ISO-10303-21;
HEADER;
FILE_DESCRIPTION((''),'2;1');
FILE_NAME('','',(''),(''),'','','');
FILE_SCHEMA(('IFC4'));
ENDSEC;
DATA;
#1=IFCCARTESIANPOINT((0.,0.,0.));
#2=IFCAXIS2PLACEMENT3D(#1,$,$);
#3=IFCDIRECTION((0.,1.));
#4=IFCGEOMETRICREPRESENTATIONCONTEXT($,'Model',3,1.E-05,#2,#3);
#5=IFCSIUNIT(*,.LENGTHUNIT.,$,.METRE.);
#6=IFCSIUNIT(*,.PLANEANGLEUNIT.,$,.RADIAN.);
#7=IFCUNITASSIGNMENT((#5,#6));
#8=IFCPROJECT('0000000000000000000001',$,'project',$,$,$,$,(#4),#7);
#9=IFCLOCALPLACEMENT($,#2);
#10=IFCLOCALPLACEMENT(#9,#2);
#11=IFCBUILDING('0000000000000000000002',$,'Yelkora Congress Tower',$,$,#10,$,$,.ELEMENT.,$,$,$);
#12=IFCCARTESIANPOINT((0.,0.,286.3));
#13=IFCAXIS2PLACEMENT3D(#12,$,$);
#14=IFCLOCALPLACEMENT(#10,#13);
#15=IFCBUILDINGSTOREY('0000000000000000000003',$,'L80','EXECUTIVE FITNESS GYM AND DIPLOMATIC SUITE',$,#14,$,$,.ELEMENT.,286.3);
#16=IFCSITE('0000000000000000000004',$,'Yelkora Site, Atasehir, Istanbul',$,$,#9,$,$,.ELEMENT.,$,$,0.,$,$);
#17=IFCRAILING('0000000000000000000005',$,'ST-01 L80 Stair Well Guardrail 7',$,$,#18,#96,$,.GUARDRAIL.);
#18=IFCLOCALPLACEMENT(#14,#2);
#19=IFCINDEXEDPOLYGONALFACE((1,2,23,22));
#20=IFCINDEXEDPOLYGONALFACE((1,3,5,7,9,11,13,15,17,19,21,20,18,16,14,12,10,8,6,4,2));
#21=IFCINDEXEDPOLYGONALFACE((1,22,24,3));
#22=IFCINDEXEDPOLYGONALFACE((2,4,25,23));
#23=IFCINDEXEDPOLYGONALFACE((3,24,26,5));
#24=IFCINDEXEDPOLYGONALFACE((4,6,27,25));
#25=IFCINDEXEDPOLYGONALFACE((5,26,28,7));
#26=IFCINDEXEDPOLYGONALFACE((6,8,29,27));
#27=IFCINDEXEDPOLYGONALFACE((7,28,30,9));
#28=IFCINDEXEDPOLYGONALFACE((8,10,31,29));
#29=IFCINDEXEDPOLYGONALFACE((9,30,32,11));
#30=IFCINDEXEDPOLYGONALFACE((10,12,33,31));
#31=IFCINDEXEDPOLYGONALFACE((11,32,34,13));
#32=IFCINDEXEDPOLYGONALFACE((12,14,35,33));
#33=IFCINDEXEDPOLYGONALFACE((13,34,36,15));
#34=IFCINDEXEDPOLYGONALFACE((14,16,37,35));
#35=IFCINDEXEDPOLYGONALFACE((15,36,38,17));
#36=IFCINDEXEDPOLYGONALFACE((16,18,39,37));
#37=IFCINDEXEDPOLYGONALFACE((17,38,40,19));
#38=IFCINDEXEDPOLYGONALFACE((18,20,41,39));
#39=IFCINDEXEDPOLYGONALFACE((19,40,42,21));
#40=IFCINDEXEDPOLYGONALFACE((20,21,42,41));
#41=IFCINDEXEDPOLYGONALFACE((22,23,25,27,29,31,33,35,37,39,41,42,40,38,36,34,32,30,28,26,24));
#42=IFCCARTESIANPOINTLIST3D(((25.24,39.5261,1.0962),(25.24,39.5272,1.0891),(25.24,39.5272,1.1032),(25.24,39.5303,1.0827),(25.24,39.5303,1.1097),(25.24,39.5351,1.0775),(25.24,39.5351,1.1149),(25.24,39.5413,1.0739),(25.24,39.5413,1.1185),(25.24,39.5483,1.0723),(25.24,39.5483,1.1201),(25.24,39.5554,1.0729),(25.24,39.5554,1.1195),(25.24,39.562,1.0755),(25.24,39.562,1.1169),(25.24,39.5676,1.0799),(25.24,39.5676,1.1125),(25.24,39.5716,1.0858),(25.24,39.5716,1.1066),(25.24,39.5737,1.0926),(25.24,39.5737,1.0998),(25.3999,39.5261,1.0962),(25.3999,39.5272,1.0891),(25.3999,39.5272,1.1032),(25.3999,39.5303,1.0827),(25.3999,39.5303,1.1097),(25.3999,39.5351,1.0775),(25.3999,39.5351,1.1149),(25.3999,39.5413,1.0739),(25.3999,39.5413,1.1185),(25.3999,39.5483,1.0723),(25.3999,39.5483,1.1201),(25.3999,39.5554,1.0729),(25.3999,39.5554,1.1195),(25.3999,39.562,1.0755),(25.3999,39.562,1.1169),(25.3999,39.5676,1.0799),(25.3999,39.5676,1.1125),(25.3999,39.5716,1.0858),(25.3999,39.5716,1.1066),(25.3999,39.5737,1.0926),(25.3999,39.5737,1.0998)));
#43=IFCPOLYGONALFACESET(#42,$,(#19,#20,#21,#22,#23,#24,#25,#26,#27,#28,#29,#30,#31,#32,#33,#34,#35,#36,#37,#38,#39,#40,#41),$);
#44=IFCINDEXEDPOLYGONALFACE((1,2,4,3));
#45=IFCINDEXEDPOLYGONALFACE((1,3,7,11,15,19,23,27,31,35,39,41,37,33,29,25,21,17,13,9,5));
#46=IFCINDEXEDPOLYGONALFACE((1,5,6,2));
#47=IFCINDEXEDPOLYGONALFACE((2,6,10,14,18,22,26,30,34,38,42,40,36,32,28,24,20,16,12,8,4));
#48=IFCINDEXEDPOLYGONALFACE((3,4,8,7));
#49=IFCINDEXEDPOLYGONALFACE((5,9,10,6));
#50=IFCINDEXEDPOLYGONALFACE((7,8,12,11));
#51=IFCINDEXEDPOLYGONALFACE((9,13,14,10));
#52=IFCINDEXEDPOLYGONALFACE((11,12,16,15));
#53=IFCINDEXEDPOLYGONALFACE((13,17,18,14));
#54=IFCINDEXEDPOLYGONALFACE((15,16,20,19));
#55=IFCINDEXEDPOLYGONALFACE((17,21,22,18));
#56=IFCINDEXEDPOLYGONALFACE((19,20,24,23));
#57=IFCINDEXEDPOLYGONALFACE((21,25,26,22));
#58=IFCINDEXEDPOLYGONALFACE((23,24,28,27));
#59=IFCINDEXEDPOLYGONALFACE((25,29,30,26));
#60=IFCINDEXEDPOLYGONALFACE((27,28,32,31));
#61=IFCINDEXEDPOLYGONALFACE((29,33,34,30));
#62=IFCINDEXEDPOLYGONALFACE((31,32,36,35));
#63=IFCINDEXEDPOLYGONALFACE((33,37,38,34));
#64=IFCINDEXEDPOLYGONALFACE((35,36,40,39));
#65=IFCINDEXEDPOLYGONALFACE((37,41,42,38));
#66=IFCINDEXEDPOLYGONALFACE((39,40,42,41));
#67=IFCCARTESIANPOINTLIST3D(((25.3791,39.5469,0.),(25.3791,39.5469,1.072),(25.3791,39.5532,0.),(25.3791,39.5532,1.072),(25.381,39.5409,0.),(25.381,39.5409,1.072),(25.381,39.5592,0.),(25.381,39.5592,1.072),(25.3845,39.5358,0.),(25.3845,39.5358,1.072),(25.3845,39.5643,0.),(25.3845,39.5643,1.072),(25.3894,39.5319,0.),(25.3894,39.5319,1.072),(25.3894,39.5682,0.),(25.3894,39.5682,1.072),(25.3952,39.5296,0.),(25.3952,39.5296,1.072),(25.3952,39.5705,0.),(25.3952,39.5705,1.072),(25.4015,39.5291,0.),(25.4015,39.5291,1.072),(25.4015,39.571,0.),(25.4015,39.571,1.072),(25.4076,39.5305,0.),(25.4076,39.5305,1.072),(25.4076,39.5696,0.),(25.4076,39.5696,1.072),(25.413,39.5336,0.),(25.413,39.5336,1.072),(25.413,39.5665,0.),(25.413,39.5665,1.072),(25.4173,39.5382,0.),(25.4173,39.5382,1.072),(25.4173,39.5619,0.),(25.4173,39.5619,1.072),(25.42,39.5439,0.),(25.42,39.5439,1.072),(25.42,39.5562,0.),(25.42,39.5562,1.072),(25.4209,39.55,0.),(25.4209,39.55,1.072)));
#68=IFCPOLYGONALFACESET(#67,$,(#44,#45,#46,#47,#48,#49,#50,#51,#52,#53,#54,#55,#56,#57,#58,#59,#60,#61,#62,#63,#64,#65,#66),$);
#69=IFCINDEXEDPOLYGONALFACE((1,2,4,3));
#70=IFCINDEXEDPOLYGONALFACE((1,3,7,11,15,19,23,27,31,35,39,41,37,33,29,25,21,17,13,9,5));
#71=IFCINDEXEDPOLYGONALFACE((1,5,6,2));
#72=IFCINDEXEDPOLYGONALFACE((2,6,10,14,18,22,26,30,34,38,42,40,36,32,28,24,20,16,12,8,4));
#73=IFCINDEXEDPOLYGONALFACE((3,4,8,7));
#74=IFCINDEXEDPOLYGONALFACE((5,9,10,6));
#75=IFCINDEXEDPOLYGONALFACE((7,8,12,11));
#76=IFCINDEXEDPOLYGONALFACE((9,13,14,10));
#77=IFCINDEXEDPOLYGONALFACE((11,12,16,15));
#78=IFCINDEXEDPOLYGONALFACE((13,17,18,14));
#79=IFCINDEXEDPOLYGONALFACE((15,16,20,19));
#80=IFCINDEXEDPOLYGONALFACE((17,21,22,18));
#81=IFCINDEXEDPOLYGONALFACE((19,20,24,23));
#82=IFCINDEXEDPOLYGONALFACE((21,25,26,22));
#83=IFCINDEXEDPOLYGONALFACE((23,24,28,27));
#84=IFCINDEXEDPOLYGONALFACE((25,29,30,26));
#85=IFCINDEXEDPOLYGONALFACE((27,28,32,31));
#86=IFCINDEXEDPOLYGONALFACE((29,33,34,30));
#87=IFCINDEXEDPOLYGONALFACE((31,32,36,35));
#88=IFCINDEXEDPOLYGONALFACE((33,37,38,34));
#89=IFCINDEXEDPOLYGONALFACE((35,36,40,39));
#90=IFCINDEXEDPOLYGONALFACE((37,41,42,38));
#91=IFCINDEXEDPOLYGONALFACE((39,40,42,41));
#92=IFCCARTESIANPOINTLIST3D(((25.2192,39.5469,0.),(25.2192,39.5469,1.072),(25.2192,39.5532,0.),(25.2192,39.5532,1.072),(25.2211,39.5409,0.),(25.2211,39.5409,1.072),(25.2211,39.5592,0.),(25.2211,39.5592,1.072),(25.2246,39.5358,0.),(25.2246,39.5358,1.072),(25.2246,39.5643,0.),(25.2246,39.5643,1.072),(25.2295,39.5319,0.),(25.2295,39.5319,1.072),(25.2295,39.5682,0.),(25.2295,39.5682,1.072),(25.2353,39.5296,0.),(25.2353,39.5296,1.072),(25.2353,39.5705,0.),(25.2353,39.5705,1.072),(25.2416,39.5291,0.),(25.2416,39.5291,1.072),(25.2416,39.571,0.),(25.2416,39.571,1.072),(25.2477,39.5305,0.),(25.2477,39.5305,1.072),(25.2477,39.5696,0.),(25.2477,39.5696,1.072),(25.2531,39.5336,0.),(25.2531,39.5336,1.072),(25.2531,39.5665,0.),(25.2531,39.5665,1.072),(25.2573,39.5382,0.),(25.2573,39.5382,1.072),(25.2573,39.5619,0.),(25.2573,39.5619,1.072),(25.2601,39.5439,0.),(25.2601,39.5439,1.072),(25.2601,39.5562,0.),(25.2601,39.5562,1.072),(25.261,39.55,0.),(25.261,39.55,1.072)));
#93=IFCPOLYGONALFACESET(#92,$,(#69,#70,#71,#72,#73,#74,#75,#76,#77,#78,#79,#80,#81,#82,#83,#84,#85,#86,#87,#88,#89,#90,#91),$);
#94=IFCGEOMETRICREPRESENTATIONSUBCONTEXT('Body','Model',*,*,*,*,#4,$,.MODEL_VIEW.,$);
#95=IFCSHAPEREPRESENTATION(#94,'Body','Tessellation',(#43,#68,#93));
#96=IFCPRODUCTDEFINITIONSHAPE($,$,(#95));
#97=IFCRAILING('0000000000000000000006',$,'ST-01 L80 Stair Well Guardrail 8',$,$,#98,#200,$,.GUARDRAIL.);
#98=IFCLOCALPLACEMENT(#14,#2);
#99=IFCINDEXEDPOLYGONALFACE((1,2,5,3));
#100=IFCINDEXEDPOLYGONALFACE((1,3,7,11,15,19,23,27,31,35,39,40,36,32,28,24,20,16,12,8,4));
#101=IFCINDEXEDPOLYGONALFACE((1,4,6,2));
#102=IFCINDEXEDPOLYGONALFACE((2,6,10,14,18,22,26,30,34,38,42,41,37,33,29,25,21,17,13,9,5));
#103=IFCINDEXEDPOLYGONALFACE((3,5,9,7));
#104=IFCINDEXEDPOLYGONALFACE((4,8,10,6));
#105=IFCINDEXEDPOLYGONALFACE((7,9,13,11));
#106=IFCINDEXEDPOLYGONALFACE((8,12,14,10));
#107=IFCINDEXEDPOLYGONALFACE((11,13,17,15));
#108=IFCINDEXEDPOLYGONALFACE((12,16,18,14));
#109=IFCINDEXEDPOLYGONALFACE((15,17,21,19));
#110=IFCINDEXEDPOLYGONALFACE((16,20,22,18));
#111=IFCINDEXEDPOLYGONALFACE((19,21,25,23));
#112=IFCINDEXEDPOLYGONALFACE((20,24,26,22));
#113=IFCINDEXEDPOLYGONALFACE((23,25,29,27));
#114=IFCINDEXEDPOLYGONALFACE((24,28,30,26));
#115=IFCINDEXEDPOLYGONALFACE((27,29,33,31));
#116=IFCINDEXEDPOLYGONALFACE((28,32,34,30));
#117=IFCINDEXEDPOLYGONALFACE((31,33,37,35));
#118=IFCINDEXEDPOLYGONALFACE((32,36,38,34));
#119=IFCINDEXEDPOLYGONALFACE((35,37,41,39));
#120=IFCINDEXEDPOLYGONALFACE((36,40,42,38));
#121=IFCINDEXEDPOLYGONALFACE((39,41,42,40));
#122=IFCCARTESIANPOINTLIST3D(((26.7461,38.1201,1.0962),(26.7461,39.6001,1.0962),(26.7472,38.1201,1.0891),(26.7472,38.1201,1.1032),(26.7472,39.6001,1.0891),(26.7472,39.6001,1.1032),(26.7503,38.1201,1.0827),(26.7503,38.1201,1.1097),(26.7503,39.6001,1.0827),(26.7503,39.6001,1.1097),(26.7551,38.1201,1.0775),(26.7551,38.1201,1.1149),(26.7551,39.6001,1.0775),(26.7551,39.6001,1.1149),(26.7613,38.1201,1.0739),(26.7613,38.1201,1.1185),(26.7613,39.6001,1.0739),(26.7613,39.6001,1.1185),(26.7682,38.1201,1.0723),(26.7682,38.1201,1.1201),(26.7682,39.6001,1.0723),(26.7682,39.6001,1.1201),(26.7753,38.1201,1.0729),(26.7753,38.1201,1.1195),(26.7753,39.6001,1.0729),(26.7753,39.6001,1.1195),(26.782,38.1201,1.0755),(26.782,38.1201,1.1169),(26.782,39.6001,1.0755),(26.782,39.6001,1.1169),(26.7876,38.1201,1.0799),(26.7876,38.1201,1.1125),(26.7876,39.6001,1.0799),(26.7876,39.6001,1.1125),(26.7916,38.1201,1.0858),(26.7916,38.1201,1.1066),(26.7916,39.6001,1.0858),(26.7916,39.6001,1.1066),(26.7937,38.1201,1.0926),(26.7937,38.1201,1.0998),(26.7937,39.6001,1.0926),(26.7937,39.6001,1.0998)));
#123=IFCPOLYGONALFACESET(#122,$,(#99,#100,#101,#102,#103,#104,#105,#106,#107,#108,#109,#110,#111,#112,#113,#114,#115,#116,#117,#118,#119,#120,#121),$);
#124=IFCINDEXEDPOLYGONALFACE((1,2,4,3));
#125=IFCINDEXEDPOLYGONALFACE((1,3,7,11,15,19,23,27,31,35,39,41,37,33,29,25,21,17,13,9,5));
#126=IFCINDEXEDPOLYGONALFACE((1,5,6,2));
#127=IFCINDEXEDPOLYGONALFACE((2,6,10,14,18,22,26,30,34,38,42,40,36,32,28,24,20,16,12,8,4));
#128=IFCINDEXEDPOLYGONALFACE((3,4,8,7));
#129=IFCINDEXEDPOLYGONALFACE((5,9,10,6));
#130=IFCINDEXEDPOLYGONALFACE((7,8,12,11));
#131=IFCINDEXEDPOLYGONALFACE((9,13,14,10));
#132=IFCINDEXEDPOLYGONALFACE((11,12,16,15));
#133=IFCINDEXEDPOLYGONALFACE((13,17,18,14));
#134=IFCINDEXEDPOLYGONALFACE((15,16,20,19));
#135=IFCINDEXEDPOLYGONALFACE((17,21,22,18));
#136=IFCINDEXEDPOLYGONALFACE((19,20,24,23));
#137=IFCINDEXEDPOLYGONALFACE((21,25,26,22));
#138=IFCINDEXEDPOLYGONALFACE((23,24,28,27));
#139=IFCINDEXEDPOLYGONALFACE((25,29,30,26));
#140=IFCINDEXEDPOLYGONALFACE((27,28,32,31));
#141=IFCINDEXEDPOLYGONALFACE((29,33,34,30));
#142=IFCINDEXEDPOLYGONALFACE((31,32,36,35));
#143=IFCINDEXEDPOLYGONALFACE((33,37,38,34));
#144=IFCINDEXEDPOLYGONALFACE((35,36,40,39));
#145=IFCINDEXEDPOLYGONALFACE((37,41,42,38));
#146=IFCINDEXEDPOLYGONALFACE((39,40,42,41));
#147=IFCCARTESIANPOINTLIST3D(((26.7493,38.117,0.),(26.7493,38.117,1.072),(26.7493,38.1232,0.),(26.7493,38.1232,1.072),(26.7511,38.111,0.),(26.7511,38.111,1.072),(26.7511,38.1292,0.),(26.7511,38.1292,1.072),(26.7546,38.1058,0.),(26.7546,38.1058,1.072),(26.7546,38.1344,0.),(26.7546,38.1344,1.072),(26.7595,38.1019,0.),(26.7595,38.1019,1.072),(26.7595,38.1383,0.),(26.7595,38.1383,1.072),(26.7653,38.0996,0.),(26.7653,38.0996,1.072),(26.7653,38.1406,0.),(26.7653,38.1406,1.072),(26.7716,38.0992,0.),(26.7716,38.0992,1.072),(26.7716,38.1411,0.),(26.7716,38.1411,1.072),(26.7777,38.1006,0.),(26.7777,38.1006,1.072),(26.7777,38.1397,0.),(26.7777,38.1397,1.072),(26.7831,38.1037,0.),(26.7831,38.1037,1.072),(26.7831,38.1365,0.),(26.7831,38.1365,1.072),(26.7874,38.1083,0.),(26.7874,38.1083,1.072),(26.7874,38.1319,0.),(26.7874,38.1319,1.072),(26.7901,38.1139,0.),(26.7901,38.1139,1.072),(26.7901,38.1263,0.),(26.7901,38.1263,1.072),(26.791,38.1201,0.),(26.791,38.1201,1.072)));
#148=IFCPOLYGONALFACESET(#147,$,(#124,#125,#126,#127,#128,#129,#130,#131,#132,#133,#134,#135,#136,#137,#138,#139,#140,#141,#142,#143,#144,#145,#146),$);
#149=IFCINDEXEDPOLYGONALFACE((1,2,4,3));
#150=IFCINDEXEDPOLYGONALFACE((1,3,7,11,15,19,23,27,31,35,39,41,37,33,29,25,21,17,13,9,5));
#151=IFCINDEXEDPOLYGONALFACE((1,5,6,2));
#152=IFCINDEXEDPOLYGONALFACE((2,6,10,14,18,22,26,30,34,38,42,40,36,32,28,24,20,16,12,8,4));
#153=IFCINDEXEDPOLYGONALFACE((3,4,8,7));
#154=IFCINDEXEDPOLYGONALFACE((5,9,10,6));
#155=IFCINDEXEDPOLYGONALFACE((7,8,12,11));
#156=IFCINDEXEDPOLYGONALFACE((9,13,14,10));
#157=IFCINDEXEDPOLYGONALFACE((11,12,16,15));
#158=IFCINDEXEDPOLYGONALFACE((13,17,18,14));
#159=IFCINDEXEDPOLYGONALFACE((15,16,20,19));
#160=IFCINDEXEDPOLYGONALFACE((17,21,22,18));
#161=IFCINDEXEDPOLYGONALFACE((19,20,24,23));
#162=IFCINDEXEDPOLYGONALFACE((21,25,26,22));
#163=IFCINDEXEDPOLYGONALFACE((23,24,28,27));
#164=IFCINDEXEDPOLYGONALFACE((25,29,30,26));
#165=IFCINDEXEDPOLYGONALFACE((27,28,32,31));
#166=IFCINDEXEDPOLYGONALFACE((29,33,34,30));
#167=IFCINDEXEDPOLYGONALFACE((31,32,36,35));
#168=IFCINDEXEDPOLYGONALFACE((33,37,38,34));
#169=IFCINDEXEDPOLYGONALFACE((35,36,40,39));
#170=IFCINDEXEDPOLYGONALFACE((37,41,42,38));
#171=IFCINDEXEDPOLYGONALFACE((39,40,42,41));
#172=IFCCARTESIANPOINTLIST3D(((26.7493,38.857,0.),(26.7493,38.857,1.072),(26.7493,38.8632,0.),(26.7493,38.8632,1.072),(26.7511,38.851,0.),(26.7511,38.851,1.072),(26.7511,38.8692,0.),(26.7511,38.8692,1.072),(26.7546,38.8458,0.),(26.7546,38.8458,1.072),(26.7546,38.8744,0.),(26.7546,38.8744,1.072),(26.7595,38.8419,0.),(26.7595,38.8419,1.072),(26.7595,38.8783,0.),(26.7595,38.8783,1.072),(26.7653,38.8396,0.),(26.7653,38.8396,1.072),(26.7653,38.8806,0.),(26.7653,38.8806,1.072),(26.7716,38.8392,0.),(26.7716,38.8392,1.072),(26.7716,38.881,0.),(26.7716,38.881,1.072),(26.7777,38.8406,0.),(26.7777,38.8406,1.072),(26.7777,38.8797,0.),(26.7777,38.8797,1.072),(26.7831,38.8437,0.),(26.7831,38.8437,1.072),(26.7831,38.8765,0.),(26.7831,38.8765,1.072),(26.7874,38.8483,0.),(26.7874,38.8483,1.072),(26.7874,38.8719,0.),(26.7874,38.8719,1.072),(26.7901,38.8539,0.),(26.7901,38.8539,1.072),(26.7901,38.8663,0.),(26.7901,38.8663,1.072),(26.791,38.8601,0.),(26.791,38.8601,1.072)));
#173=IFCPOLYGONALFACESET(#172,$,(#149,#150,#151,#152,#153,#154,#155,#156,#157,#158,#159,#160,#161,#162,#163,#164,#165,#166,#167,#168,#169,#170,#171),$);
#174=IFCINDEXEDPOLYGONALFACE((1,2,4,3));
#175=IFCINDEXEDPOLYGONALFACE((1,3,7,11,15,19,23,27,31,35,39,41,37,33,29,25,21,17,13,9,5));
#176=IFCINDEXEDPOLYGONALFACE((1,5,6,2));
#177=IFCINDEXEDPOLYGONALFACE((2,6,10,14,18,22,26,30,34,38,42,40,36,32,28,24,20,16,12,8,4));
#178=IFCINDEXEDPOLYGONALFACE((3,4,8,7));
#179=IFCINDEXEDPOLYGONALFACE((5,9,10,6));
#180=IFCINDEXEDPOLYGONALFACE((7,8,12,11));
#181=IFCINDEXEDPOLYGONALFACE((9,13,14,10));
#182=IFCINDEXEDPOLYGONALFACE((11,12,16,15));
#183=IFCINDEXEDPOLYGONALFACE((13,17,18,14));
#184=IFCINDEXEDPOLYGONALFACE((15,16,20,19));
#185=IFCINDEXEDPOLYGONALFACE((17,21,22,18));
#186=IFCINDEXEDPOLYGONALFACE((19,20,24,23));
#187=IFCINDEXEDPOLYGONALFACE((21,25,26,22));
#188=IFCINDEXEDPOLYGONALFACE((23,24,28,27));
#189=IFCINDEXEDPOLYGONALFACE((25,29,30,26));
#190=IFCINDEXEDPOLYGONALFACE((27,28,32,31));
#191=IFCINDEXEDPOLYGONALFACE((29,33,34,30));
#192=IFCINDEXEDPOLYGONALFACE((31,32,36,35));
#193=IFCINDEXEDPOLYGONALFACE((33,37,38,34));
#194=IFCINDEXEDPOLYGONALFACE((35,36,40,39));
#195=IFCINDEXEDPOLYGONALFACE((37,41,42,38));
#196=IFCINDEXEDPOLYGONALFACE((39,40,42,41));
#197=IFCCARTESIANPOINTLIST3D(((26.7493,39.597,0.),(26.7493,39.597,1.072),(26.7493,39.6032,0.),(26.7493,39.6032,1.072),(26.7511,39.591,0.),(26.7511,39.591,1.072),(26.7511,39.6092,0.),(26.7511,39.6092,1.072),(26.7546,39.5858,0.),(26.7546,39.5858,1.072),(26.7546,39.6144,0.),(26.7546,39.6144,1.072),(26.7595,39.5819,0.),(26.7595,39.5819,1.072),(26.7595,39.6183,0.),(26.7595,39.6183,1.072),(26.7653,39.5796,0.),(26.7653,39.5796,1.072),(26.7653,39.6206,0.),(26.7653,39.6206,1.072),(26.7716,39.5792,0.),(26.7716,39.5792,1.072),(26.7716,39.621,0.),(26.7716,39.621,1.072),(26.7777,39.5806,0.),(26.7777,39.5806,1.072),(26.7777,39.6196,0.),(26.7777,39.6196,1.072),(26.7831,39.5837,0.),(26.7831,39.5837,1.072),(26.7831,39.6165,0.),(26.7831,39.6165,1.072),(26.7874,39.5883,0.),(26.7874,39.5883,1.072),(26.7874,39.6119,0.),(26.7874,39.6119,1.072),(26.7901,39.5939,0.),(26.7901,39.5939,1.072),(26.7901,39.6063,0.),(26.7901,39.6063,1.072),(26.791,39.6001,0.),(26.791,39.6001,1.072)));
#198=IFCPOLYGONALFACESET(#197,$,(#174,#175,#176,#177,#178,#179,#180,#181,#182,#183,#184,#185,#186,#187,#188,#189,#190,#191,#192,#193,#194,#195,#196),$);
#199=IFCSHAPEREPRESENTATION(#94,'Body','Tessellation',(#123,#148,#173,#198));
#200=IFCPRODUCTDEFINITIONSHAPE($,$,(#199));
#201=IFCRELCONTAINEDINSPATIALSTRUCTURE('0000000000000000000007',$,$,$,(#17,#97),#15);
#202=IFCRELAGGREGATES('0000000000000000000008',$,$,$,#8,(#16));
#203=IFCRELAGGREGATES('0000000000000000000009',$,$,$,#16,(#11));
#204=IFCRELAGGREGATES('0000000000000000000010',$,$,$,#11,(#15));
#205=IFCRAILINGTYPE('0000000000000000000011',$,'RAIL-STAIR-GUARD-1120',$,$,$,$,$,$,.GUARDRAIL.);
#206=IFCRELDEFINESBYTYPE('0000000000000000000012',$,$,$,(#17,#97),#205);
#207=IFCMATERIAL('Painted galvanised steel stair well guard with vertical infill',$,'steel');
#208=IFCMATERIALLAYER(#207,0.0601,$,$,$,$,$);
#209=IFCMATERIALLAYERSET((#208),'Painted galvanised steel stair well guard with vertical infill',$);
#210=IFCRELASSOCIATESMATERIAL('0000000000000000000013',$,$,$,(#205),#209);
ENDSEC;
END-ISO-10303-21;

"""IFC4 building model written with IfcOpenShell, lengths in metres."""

from ifc_helpers import new_model, si_unit, direction, frame, origin, origin_2d, place, context, subcontext, project, spatial, circle, extrude, material, layer, layer_set, type_object, element, save


model = new_model("IFC4")

# Units and contexts
model_context = context("Model", 3, precision=1e-05, world=origin(), true_north=direction((0.0, 1.0)))
body_context = subcontext(model_context, "Body", "Model", "MODEL_VIEW")
ifc_project = project(units=[si_unit("LENGTHUNIT", "METRE"), si_unit("PLANEANGLEUNIT", "RADIAN")], contexts=[model_context])

# Site, building, storey
site_placement = place(None, origin())
site = spatial("IfcSite", under=ifc_project, at=site_placement, Name="Yelkora Site, Atasehir, Istanbul", CompositionType="ELEMENT", RefElevation=0.0)
building_placement = place(site_placement, origin())
building = spatial("IfcBuilding", under=site, at=building_placement, Name="Yelkora Congress Tower", CompositionType="ELEMENT")
storey_placement = place(building_placement, frame((0.0, 0.0, 286.3)))
storey = spatial("IfcBuildingStorey", under=building, at=storey_placement, Name="L80", Description="EXECUTIVE FITNESS GYM AND DIPLOMATIC SUITE", CompositionType="ELEMENT", Elevation=286.3)

# Railings
ifc_material_1 = material(Name="Painted galvanised steel stair well guard with vertical infill", Category="steel")
ifc_layer_1 = layer(ifc_material_1, 0.0601)
ifc_layer_set_1 = layer_set([ifc_layer_1], Name="Painted galvanised steel stair well guard with vertical infill")
railing_type_1 = type_object("IfcRailingType", Name="RAIL-STAIR-GUARD-1120", PredefinedType="GUARDRAIL", material=ifc_layer_set_1)
railing_1_placement = place(storey_placement, frame((25.3999, 39.55, 0.0)))
element("IfcRailing", 1, at=railing_1_placement, inside=storey, type_object=railing_type_1, Name="ST-01 L80 Stair Well Guardrail 7", PredefinedType="GUARDRAIL", context=body_context, shape_type="SweptSolid", body=[
    extrude(circle(Radius=0.0239, at=origin_2d()), frame((0.0, 0.0, 1.0962), z_axis=(-1.0, 0.0, 0.0), x_axis=(0.0, -1.0, 0.0)), (0.0, 0.0, 1.0), 0.1599),
    extrude(circle(Radius=0.021, at=origin_2d()), origin(), (0.0, 0.0, 1.0), 1.072),
    extrude(circle(Radius=0.021, at=origin_2d()), frame((-0.1599, 0.0, 0.0)), (0.0, 0.0, 1.0), 1.072),
])
for number, where, name in (
    (2, (26.77, 38.1201, 0.0), "ST-01 L80 Stair Well Guardrail 8"),
):
    element("IfcRailing", number, at=place(storey_placement, frame(where)), inside=storey, type_object=railing_type_1, Name=name, PredefinedType="GUARDRAIL", context=body_context, shape_type="SweptSolid", body=[
        extrude(circle(Radius=0.0239, at=origin_2d()), frame((0.0, 0.0, 1.0962), z_axis=(0.0, 1.0, 0.0), x_axis=(-1.0, 0.0, 0.0)), (0.0, 0.0, 1.0), 1.48),
        extrude(circle(Radius=0.021, at=origin_2d()), origin(), (0.0, 0.0, 1.0), 1.072),
        extrude(circle(Radius=0.021, at=origin_2d()), frame((0.0, 0.74, 0.0)), (0.0, 0.0, 1.0), 1.072),
        extrude(circle(Radius=0.021, at=origin_2d()), frame((0.0, 1.48, 0.0)), (0.0, 0.0, 1.0), 1.072),
    ])

save(model, "model.ifc")
